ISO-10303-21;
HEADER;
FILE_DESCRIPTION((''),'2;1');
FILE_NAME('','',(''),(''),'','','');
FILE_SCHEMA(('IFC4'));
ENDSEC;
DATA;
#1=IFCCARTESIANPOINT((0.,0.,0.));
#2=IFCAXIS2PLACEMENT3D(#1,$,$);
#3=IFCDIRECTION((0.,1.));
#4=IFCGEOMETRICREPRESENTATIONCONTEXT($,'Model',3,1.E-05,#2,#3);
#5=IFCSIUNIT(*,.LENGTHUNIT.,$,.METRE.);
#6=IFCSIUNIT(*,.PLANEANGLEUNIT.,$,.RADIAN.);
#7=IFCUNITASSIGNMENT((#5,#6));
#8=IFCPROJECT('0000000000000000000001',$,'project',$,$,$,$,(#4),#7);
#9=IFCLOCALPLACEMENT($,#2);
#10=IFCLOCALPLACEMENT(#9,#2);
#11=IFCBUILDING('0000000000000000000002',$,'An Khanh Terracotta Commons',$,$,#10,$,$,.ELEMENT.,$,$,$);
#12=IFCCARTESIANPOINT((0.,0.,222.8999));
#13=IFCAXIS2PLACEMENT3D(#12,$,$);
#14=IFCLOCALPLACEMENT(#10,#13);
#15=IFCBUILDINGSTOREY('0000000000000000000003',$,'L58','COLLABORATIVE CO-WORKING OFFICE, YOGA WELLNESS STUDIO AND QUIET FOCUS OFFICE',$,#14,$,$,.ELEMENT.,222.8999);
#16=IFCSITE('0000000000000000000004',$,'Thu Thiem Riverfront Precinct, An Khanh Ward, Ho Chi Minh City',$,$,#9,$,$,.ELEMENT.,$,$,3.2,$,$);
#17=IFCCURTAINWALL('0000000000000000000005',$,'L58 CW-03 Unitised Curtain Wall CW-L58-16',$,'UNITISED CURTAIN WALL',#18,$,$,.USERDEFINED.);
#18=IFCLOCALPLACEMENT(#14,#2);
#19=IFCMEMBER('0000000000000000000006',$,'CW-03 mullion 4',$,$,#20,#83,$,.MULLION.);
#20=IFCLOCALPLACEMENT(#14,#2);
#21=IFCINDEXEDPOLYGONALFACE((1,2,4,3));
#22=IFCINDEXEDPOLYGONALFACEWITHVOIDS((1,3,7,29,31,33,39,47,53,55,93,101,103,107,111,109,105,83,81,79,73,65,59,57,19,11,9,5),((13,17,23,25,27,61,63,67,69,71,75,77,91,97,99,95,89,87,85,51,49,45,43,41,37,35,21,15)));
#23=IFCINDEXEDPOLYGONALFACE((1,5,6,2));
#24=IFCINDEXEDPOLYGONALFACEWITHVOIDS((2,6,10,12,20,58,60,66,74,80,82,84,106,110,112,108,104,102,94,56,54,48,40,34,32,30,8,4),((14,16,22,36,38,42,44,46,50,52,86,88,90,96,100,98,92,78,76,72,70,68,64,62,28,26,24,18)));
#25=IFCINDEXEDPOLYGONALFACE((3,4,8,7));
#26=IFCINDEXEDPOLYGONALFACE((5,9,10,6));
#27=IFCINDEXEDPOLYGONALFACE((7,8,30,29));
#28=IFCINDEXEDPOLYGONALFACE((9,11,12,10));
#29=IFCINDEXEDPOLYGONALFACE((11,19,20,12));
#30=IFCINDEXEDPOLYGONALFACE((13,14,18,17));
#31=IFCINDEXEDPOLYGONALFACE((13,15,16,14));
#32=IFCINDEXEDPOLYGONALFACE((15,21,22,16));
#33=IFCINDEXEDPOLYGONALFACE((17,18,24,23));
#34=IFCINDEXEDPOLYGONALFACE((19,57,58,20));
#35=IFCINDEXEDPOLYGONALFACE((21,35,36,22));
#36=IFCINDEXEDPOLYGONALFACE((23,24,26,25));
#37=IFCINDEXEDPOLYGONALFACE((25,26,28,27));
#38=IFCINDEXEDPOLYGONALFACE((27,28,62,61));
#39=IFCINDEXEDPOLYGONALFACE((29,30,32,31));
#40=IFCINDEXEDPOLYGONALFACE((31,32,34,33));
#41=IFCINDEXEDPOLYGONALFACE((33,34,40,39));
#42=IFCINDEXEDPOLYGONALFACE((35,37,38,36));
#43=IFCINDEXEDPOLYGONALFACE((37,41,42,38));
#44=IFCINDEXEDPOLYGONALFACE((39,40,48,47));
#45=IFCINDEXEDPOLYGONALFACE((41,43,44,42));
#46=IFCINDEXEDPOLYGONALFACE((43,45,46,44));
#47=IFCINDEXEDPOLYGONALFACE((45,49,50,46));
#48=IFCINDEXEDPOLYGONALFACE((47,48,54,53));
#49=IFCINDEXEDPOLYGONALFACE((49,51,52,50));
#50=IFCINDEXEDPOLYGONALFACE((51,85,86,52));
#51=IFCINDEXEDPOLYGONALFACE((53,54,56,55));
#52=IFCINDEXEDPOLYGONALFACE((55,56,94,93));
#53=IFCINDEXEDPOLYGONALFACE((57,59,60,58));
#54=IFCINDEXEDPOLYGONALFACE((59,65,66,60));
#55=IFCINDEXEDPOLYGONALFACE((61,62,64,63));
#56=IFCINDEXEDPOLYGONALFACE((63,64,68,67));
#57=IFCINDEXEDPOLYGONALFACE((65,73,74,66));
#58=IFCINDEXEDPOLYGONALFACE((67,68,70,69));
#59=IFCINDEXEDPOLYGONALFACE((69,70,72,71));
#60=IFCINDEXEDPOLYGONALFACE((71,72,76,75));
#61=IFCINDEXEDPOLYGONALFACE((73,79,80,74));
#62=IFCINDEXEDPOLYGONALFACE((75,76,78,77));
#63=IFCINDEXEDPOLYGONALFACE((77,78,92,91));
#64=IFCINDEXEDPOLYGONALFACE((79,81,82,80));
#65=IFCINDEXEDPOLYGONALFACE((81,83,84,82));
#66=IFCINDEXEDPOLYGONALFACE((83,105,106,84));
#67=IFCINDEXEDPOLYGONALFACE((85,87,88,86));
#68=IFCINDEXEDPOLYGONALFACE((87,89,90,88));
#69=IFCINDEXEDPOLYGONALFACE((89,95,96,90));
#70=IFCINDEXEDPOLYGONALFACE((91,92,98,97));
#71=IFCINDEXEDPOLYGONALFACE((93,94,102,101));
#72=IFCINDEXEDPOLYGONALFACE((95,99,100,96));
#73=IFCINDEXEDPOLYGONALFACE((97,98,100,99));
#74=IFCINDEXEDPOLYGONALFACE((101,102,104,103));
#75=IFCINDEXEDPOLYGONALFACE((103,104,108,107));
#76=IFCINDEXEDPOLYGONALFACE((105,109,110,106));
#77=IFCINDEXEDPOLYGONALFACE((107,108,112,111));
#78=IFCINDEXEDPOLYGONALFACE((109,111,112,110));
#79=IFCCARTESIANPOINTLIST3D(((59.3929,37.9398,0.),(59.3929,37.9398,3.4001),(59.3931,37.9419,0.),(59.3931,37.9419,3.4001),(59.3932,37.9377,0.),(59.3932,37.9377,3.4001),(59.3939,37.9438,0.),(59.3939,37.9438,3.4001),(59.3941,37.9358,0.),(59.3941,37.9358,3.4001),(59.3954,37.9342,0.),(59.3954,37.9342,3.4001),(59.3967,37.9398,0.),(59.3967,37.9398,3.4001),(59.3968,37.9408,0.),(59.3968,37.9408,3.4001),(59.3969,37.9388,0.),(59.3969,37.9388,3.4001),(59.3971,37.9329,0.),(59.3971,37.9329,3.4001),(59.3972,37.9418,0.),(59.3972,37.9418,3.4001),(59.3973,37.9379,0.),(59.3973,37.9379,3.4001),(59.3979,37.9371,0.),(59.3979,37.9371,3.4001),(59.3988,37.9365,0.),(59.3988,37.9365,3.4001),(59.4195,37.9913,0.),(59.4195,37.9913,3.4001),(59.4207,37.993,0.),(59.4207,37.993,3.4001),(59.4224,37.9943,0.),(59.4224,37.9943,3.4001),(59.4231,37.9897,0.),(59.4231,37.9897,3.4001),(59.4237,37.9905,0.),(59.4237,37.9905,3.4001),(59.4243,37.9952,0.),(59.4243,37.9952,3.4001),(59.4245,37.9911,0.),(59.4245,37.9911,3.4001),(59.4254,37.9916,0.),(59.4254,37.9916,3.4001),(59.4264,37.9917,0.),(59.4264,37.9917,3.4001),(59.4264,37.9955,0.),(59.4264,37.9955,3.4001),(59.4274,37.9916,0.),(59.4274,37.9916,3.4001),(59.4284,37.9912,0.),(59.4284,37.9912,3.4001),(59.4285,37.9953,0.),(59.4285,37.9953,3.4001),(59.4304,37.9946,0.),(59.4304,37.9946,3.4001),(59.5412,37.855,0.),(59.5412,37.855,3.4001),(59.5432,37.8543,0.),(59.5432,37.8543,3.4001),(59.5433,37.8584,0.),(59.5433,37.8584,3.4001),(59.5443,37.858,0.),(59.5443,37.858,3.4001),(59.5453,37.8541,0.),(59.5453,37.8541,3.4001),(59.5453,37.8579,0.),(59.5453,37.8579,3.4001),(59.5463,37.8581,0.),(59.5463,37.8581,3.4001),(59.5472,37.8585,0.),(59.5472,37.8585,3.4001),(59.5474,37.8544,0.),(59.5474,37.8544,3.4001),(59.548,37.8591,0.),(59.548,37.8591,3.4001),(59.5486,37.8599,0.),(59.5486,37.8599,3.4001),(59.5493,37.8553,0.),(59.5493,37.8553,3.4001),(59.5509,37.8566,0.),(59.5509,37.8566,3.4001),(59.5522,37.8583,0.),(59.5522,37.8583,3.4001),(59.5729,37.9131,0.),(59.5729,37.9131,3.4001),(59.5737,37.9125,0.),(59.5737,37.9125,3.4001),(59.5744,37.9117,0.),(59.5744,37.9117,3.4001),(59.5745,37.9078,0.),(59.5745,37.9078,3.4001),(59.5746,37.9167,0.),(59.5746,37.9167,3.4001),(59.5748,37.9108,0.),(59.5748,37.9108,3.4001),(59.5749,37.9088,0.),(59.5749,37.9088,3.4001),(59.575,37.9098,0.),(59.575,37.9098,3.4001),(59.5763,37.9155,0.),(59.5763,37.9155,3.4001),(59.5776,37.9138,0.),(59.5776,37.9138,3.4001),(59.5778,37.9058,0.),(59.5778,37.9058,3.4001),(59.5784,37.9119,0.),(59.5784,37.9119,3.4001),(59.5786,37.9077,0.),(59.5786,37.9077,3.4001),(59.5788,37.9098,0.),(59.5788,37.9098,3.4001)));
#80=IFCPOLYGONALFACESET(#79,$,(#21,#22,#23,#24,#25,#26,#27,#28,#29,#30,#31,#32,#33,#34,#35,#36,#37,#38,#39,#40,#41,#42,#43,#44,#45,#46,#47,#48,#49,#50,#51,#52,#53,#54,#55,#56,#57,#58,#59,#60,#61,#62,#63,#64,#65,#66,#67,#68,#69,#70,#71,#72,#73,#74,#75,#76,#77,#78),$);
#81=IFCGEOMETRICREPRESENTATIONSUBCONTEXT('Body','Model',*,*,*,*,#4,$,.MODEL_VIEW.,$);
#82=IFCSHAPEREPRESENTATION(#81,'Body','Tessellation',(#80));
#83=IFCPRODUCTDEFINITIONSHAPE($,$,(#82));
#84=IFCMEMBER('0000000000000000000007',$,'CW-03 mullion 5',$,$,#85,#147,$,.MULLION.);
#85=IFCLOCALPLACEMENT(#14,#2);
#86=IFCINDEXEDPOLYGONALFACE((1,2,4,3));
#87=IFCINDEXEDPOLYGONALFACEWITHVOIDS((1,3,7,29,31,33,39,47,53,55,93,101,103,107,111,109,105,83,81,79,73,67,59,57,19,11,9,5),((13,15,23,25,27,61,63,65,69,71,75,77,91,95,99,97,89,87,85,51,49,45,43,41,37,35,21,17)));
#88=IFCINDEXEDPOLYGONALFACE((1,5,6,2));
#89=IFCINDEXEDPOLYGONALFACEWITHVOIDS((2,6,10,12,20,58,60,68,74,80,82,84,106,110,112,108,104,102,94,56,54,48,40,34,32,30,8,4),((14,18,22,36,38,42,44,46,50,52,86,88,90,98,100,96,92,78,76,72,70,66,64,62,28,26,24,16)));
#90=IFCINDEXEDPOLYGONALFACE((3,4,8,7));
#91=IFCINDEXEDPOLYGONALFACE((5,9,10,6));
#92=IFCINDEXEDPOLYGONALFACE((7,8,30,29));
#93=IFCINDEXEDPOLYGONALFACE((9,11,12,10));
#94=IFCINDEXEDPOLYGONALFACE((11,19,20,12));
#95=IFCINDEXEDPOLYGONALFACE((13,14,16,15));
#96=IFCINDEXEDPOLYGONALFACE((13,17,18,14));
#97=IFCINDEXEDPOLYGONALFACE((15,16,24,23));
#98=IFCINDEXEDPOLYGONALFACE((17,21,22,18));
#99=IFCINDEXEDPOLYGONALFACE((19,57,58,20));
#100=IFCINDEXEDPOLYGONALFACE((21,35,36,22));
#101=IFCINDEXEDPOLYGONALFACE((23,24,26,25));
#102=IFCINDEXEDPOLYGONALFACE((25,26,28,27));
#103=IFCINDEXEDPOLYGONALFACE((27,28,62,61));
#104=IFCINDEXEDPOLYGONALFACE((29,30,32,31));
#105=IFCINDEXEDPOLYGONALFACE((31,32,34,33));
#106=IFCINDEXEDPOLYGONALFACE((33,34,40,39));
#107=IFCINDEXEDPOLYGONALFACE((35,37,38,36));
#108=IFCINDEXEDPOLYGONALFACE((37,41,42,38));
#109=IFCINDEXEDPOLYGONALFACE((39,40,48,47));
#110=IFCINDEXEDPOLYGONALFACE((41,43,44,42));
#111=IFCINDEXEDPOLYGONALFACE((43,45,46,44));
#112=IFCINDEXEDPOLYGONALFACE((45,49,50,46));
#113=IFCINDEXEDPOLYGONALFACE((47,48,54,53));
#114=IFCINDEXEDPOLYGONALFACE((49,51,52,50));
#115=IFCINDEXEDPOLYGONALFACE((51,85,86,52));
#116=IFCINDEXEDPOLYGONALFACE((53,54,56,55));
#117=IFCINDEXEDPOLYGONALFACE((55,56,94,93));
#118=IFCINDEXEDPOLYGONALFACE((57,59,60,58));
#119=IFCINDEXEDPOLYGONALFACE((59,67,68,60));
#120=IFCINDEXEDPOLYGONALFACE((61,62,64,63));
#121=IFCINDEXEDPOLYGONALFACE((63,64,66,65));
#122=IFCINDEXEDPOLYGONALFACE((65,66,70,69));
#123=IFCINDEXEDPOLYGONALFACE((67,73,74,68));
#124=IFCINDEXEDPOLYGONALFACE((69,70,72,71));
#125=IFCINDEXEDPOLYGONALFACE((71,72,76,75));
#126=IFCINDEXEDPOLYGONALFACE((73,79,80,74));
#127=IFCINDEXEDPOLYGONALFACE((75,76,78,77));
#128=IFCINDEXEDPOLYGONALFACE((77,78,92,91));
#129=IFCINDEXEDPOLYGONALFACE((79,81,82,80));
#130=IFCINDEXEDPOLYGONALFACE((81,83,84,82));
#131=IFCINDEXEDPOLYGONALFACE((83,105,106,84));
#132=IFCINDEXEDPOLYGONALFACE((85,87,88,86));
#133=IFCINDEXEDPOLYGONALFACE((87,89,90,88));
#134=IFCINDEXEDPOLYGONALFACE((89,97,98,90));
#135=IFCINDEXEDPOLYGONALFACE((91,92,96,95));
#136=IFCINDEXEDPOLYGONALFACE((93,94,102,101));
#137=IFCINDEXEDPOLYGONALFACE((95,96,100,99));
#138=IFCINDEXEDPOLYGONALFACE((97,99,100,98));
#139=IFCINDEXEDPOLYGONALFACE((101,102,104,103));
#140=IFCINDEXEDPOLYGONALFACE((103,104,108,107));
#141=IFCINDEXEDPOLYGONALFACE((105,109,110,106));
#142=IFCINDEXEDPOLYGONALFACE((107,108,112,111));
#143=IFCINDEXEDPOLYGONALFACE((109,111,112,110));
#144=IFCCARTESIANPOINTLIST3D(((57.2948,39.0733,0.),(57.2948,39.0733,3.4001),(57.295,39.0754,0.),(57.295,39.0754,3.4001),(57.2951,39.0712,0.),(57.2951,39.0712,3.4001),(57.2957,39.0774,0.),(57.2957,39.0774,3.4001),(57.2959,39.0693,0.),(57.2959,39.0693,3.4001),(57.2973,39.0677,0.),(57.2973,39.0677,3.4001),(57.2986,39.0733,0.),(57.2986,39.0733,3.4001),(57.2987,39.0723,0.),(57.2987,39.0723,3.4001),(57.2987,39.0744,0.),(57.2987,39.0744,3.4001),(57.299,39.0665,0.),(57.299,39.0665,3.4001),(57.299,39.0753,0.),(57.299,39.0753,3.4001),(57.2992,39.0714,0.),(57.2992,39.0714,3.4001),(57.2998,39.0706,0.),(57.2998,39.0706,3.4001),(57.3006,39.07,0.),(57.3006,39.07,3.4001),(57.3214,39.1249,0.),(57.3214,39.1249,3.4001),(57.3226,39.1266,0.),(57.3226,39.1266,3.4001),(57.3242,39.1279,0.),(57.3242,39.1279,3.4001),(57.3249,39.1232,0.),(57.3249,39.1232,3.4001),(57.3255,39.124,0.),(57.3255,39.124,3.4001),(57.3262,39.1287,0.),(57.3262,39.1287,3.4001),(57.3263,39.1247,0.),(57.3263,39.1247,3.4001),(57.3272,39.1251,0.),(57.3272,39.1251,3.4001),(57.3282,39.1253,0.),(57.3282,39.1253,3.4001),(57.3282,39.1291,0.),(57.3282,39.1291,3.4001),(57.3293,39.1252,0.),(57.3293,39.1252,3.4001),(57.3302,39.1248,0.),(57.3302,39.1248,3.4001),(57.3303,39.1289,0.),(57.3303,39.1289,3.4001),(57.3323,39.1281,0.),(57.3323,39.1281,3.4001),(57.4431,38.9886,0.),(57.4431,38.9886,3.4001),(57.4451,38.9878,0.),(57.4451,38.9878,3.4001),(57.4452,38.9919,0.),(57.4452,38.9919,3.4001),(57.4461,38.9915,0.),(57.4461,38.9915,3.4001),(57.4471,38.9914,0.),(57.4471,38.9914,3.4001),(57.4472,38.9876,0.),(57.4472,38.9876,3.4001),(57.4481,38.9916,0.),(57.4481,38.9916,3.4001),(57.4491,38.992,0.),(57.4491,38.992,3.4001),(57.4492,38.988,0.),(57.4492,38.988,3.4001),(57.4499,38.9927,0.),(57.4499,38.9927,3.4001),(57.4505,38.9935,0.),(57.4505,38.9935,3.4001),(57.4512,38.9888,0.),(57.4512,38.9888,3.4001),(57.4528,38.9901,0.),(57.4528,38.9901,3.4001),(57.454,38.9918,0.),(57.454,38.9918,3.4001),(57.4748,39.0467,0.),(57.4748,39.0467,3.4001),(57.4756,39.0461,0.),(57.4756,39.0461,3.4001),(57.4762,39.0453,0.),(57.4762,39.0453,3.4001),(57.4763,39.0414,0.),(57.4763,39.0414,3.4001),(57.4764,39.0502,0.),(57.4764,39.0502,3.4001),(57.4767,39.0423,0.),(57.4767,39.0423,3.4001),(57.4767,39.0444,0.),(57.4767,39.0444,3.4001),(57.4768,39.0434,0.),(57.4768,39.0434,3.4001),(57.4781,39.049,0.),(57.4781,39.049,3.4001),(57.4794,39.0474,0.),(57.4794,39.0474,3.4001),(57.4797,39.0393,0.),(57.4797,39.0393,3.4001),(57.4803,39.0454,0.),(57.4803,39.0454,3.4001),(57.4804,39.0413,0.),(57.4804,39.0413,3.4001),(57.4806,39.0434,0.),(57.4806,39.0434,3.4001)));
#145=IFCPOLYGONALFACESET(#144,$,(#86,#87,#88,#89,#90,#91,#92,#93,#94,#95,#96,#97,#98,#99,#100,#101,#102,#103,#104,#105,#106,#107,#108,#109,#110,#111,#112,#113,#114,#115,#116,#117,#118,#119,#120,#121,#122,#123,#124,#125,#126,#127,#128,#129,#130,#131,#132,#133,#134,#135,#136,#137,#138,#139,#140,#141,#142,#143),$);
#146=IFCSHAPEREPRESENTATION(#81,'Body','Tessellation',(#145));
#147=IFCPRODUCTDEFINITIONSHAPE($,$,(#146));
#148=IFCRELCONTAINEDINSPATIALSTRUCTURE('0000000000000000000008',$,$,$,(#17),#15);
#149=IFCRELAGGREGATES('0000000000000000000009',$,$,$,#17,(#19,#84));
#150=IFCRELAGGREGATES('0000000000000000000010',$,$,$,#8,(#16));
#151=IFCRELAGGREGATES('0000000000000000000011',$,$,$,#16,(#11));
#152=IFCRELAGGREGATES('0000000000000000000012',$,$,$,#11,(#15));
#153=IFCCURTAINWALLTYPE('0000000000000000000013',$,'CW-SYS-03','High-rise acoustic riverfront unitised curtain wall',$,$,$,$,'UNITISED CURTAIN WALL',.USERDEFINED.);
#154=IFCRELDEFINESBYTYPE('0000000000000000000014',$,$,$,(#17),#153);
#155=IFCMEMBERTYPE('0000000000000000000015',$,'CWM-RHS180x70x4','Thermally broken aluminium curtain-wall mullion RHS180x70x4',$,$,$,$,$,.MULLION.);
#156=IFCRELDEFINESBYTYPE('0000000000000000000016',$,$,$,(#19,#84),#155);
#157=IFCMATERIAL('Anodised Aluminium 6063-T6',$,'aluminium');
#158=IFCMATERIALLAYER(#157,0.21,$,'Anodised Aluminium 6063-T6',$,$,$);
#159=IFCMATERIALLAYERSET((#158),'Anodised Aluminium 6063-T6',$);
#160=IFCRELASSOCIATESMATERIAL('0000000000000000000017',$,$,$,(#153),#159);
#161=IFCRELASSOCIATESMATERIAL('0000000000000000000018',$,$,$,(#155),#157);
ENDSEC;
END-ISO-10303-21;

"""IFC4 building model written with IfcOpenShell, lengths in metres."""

from ifc_helpers import new_model, si_unit, direction, frame, origin, origin_2d, place, context, subcontext, project, spatial, hollow_rectangle, extrude, material, layer, layer_set, material_profile, profile_set, type_object, element, aggregate, save


model = new_model("IFC4")

# Units and contexts
model_context = context("Model", 3, precision=1e-05, world=origin(), true_north=direction((0.0, 1.0)))
body_context = subcontext(model_context, "Body", "Model", "MODEL_VIEW")
ifc_project = project(units=[si_unit("LENGTHUNIT", "METRE"), si_unit("PLANEANGLEUNIT", "RADIAN")], contexts=[model_context])

# Site, building, storey
site_placement = place(None, origin())
site = spatial("IfcSite", under=ifc_project, at=site_placement, Name="Thu Thiem Riverfront Precinct, An Khanh Ward, Ho Chi Minh City", CompositionType="ELEMENT", RefElevation=3.2)
building_placement = place(site_placement, origin())
building = spatial("IfcBuilding", under=site, at=building_placement, Name="An Khanh Terracotta Commons", CompositionType="ELEMENT")
storey_placement = place(building_placement, frame((0.0, 0.0, 222.8999)))
storey = spatial("IfcBuildingStorey", under=building, at=storey_placement, Name="L58", Description="COLLABORATIVE CO-WORKING OFFICE, YOGA WELLNESS STUDIO AND QUIET FOCUS OFFICE", CompositionType="ELEMENT", Elevation=222.8999)

# Curtain wall, members
ifc_material_1 = material(Name="Anodised Aluminium 6063-T6", Category="aluminium")
ifc_layer_1 = layer(ifc_material_1, 0.21, Name="Anodised Aluminium 6063-T6")
ifc_layer_set_1 = layer_set([ifc_layer_1], Name="Anodised Aluminium 6063-T6")
curtain_wall_type = type_object("IfcCurtainWallType", Name="CW-SYS-03", Description="High-rise acoustic riverfront unitised curtain wall", ElementType="UNITISED CURTAIN WALL", PredefinedType="USERDEFINED", material=ifc_layer_set_1)
curtain_wall_placement = place(storey_placement, origin())
curtain_wall = element("IfcCurtainWall", 1, at=curtain_wall_placement, inside=storey, type_object=curtain_wall_type, Name="L58 CW-03 Unitised Curtain Wall CW-L58-16", ObjectType="UNITISED CURTAIN WALL", PredefinedType="USERDEFINED")
ifc_material_profile_1 = material_profile(ifc_material_1, hollow_rectangle(XDim=0.0701, YDim=0.1799, WallThickness=0.0039, InnerFilletRadius=0.0039, OuterFilletRadius=0.0081, at=origin_2d()), Name="RHS180x70x4")
ifc_profile_set_1 = profile_set([ifc_material_profile_1], Name="Anodised Aluminium 6063-T6")
member_type_1 = type_object("IfcMemberType", Name="CWM-RHS180x70x4", Description="Thermally broken aluminium curtain-wall mullion RHS180x70x4", PredefinedType="MULLION", material=ifc_profile_set_1)
member_1_placement = place(storey_placement, frame((59.4858, 37.9248, 0.0), z_axis=(0.0, 0.0, 1.0), x_axis=(-0.475381, -0.87978, 0.0)))
member_1 = element("IfcMember", 2, at=member_1_placement, type_object=member_type_1, Name="CW-03 mullion 4", PredefinedType="MULLION", context=body_context, shape_type="SweptSolid", body=[
    extrude(hollow_rectangle(XDim=0.0701, YDim=0.1799, WallThickness=0.0039, InnerFilletRadius=0.0039, OuterFilletRadius=0.0081, at=origin_2d()), origin(), (0.0, 0.0, 1.0), 3.4001),
])
member_2_placement = place(storey_placement, frame((57.3877, 39.0583, 0.0), z_axis=(0.0, 0.0, 1.0), x_axis=(-0.475381, -0.87978, 0.0)))
member_2 = element("IfcMember", 3, at=member_2_placement, type_object=member_type_1, Name="CW-03 mullion 5", PredefinedType="MULLION", context=body_context, shape_type="SweptSolid", body=[
    extrude(hollow_rectangle(XDim=0.0701, YDim=0.1799, WallThickness=0.0039, InnerFilletRadius=0.0039, OuterFilletRadius=0.0081, at=origin_2d()), origin(), (0.0, 0.0, 1.0), 3.4001),
])
aggregate(curtain_wall, [member_1, member_2])

save(model, "model.ifc")
